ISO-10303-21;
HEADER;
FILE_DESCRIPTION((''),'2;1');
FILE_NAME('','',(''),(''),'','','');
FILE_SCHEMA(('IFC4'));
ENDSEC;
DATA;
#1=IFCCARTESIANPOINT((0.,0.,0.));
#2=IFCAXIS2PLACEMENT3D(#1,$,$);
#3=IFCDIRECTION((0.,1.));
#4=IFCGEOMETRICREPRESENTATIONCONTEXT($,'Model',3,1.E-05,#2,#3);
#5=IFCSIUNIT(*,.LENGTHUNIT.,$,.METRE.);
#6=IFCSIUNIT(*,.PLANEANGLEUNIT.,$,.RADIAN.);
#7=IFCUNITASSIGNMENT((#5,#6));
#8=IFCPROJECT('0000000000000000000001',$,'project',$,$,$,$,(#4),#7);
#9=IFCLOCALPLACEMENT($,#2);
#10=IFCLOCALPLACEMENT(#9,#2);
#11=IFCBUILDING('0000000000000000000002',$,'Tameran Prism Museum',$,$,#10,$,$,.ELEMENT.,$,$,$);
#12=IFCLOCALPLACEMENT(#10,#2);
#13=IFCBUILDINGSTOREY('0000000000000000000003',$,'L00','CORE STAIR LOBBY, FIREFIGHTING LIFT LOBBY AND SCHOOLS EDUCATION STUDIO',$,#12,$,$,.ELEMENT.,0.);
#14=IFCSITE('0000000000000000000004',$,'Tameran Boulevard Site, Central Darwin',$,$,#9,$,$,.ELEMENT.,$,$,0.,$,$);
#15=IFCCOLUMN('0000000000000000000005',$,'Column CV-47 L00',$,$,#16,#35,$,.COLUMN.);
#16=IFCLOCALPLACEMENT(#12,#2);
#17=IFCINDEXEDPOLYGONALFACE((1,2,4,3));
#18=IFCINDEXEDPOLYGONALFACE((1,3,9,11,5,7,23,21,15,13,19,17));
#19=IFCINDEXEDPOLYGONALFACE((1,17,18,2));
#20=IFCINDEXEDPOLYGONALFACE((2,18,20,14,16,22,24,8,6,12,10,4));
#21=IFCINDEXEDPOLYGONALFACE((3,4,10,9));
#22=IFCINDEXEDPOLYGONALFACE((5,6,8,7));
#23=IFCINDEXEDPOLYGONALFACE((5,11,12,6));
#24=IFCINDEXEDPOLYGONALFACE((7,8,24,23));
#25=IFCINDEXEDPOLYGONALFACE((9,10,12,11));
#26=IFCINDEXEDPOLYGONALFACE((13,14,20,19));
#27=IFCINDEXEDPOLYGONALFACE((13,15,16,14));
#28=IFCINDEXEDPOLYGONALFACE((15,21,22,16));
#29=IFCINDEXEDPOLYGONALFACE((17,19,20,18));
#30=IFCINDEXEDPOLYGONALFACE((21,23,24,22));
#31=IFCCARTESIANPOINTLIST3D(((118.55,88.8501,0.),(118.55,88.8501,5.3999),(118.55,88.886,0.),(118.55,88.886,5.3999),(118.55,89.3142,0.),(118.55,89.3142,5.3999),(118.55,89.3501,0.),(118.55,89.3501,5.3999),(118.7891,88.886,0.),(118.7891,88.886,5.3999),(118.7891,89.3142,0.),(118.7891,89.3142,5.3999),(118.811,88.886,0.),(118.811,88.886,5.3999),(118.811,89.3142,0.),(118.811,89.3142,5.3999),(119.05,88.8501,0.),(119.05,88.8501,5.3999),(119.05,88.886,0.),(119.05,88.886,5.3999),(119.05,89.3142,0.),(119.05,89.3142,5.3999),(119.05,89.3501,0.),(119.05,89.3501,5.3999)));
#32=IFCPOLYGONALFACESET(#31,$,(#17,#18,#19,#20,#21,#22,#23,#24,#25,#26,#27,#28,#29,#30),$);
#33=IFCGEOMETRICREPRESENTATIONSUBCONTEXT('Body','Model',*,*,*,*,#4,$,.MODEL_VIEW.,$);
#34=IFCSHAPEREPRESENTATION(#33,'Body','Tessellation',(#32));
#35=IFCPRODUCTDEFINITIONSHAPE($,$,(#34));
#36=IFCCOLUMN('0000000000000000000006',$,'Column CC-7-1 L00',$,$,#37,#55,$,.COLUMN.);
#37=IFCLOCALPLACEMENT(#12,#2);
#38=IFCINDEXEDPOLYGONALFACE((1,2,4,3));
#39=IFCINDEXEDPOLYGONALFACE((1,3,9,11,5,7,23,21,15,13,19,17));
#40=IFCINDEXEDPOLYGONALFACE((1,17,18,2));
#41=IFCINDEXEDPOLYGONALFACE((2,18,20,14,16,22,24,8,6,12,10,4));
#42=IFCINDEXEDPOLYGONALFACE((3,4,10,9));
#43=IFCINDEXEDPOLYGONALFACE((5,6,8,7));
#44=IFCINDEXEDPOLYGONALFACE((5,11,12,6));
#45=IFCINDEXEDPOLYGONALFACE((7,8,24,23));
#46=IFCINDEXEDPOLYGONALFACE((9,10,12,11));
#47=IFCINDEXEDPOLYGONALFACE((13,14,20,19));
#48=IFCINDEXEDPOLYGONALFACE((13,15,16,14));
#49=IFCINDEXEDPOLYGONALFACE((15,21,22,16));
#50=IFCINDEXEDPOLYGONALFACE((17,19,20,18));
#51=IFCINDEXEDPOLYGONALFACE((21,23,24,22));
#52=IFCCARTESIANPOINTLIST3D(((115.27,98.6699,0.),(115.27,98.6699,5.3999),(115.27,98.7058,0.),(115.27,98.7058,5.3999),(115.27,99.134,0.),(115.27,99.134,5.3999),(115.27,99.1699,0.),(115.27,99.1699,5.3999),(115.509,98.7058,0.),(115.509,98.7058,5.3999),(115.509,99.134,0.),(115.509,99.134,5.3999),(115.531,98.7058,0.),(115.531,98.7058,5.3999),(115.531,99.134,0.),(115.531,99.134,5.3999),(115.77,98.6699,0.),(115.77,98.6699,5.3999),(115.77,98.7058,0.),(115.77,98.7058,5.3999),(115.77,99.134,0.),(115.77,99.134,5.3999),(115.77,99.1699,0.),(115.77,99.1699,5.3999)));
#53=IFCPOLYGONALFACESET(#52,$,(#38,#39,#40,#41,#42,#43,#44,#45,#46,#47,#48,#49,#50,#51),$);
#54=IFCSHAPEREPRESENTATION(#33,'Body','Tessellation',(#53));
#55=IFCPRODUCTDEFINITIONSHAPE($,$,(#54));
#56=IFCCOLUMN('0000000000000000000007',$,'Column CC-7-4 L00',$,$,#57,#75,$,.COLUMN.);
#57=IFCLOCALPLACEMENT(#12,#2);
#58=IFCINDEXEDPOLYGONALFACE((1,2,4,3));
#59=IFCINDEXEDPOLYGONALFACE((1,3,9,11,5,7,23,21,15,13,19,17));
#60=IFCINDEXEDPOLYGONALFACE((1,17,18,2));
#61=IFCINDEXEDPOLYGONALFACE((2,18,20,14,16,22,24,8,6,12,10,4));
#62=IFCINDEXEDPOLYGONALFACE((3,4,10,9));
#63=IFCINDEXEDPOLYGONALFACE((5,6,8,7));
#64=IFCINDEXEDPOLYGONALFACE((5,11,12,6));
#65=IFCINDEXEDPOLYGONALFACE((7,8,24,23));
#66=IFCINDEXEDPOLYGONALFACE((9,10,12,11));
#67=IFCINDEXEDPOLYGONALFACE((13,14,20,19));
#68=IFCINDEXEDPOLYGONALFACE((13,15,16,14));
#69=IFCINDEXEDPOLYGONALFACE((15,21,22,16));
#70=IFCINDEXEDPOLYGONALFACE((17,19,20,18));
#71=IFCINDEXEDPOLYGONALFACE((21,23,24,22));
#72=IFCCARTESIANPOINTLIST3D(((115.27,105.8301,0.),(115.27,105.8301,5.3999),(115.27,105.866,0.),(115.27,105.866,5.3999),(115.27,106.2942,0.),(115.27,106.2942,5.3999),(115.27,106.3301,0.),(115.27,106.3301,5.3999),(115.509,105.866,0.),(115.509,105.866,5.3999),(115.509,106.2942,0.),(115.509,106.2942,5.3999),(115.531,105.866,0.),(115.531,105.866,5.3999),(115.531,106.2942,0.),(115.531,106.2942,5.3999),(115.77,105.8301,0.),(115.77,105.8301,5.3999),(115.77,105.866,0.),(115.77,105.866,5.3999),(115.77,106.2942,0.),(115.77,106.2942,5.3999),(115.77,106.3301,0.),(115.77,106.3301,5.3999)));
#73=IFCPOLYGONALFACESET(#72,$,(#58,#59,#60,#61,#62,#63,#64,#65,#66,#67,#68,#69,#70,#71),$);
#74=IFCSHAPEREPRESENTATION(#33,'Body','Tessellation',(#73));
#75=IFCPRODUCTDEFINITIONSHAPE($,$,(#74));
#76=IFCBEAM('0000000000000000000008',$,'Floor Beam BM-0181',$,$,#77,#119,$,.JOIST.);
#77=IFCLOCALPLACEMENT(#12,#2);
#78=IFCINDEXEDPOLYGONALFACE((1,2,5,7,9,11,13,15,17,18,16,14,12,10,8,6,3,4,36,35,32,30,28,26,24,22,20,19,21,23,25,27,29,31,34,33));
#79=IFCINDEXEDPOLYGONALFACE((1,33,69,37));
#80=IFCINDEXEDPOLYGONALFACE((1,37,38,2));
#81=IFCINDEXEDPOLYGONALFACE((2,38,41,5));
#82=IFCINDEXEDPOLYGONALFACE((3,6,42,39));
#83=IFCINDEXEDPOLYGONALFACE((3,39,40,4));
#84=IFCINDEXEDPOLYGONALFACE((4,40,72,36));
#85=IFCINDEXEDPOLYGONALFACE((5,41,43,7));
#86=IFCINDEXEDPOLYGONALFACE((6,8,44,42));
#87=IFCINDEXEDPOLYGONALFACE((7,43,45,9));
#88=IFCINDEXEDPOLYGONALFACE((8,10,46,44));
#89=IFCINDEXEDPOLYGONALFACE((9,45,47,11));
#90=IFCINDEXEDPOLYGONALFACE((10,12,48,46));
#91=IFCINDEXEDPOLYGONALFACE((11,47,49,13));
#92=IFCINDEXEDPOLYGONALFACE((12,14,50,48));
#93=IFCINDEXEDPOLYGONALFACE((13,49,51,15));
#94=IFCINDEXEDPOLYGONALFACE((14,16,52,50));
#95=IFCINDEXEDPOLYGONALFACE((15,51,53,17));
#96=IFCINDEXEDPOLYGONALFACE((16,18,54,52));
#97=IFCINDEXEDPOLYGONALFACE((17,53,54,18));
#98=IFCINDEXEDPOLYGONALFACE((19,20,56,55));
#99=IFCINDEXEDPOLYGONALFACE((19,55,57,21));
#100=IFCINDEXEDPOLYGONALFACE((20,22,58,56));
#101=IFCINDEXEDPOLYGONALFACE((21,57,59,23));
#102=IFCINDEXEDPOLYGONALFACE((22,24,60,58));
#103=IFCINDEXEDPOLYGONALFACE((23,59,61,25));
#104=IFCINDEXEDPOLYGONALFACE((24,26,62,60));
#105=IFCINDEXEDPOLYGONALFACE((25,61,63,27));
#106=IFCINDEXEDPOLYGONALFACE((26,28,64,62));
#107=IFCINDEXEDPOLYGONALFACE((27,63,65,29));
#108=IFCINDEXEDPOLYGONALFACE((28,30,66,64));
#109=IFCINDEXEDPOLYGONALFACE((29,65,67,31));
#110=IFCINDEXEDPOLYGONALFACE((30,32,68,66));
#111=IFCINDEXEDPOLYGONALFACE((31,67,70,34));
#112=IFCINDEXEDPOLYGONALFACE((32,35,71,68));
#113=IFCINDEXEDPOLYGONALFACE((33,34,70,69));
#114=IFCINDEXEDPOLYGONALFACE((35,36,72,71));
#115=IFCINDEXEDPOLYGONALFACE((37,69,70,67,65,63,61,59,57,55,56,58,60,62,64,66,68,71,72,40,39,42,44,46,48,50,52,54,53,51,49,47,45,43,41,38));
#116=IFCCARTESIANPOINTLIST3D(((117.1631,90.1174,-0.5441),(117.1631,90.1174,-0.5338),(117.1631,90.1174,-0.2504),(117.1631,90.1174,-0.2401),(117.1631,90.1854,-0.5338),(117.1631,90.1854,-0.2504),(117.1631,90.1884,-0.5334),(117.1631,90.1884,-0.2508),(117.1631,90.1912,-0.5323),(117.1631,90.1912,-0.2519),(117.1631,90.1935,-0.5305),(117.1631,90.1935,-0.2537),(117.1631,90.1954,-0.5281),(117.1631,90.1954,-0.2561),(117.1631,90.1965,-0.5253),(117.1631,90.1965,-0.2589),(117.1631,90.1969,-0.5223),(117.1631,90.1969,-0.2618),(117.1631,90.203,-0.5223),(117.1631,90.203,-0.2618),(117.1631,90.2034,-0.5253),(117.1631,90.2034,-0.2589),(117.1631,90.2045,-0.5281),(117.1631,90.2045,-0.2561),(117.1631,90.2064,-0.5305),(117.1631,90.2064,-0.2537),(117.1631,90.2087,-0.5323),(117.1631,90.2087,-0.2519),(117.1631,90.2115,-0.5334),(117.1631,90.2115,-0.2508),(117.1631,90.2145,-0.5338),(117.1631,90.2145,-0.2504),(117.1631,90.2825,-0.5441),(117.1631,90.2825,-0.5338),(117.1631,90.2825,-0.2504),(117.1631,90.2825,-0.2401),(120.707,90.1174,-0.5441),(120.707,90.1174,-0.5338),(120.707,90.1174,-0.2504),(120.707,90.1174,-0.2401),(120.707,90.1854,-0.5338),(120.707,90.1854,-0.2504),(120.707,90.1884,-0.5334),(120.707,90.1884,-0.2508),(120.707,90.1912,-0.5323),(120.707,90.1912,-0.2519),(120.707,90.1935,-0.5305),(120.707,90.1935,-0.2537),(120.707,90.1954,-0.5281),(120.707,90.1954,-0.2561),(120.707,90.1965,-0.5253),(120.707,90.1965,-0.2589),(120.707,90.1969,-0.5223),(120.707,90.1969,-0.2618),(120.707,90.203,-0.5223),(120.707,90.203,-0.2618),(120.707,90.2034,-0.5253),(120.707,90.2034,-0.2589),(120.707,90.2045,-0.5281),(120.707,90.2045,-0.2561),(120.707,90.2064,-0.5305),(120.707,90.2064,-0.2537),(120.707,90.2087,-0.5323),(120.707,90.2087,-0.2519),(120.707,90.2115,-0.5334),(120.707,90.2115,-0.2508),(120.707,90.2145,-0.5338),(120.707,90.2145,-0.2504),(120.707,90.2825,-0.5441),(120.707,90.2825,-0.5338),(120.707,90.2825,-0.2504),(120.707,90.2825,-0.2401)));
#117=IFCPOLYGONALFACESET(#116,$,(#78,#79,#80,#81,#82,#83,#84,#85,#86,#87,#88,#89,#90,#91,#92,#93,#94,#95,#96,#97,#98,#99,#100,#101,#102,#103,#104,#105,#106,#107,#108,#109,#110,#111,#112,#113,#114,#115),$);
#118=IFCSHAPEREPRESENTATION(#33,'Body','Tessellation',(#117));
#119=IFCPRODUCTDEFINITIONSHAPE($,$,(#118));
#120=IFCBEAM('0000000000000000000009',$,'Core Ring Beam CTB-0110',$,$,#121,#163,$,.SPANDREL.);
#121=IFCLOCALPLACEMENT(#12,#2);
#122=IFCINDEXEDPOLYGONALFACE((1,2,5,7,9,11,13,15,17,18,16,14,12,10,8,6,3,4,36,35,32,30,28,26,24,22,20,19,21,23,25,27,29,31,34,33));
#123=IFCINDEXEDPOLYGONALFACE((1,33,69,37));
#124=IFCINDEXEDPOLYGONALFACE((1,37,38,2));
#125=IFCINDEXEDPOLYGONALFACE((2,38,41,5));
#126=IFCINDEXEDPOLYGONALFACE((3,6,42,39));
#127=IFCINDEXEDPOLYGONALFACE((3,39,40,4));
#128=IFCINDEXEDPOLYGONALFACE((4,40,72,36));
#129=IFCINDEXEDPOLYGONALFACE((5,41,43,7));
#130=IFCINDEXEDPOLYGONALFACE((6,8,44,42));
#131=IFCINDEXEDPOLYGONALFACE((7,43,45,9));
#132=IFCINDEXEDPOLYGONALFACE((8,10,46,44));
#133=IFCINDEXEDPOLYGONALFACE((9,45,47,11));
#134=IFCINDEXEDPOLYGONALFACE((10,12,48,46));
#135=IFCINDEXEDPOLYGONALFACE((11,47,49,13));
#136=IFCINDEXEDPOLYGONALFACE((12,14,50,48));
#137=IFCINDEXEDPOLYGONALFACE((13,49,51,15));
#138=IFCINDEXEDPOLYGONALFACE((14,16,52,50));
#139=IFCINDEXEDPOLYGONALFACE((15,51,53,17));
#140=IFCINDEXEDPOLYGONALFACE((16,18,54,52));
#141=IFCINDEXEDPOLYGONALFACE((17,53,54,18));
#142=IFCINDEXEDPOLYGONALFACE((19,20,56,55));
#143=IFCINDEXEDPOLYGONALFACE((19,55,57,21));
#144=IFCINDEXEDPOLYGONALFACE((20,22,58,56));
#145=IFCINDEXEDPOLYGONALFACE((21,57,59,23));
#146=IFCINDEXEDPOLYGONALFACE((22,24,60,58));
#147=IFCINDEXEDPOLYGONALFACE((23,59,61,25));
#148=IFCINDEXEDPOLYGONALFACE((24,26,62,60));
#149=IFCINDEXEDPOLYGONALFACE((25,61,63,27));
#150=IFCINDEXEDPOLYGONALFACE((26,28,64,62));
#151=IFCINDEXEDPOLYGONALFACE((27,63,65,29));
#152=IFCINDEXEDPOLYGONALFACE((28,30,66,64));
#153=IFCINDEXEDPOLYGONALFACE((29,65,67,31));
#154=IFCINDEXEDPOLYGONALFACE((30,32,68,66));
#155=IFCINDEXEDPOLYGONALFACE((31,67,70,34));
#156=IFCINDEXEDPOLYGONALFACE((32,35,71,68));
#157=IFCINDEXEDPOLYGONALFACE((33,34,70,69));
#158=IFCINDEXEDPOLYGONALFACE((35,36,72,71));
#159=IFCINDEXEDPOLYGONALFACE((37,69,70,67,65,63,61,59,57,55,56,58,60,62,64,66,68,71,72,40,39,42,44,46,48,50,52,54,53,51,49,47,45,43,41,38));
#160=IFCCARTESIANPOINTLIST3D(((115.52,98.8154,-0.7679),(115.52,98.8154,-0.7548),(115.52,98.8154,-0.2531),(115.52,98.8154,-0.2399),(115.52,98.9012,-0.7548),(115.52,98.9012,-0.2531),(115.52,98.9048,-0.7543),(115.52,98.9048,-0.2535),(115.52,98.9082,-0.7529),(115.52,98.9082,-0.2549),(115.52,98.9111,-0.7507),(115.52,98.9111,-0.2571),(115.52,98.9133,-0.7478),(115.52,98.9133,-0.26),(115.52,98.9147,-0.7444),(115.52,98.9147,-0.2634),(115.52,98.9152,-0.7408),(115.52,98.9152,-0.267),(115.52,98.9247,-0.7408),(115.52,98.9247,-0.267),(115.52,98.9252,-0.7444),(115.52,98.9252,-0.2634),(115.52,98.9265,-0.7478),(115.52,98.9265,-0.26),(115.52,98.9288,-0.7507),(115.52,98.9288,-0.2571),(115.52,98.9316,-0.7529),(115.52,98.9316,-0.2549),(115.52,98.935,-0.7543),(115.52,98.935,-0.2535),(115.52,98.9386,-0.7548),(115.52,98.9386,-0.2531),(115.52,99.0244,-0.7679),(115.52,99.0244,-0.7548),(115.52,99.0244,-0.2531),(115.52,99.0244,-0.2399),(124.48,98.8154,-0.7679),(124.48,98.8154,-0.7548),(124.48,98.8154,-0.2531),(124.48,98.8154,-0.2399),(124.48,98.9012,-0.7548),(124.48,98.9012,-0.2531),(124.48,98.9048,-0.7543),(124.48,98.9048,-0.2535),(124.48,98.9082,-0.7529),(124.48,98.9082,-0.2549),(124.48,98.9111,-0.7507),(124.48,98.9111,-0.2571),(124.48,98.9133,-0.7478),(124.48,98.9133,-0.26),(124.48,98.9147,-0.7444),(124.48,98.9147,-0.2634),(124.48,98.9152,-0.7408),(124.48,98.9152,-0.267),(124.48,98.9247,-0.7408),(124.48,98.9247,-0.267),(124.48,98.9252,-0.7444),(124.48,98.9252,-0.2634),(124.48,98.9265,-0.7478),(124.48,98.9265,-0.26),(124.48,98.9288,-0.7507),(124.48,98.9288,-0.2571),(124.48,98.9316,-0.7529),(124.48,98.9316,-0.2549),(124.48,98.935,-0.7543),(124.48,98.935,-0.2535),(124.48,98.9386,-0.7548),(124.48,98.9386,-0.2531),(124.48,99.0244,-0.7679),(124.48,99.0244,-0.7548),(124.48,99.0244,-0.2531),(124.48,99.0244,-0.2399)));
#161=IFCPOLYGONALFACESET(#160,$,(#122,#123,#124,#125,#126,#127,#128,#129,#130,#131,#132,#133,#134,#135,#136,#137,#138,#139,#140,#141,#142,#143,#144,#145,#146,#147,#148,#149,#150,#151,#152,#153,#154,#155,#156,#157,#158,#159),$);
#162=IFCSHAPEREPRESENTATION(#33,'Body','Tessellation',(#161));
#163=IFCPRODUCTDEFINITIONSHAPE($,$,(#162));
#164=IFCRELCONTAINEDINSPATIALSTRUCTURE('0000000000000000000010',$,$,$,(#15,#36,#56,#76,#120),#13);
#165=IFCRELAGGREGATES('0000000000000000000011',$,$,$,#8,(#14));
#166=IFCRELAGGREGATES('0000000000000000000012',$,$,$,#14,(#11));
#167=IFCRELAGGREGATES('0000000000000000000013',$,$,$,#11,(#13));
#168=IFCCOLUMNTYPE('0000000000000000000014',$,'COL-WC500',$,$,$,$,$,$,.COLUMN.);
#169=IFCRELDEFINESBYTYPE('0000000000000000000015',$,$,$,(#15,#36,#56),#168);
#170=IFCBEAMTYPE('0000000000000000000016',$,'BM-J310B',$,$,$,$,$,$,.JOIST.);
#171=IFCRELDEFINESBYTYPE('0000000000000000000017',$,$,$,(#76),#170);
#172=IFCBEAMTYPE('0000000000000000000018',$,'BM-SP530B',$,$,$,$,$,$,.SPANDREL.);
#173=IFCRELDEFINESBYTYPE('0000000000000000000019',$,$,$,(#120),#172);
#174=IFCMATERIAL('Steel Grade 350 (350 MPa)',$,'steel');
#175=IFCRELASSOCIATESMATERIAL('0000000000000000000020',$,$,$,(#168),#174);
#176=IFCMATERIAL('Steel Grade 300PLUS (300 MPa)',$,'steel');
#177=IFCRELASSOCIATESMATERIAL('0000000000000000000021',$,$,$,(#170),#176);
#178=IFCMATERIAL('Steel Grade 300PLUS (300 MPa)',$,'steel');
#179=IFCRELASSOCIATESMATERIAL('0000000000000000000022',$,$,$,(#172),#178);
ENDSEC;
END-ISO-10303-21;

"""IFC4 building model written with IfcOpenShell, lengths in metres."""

from ifc_helpers import new_model, si_unit, direction, frame, origin, origin_2d, place, context, subcontext, project, spatial, i_section, extrude, material, material_profile, profile_set, type_object, element, save


model = new_model("IFC4")

# Units and contexts
model_context = context("Model", 3, precision=1e-05, world=origin(), true_north=direction((0.0, 1.0)))
body_context = subcontext(model_context, "Body", "Model", "MODEL_VIEW")
ifc_project = project(units=[si_unit("LENGTHUNIT", "METRE"), si_unit("PLANEANGLEUNIT", "RADIAN")], contexts=[model_context])

# Site, building, storey
site_placement = place(None, origin())
site = spatial("IfcSite", under=ifc_project, at=site_placement, Name="Tameran Boulevard Site, Central Darwin", CompositionType="ELEMENT", RefElevation=0.0)
building_placement = place(site_placement, origin())
building = spatial("IfcBuilding", under=site, at=building_placement, Name="Tameran Prism Museum", CompositionType="ELEMENT")
storey_placement = place(building_placement, origin())
storey = spatial("IfcBuildingStorey", under=building, at=storey_placement, Name="L00", Description="CORE STAIR LOBBY, FIREFIGHTING LIFT LOBBY AND SCHOOLS EDUCATION STUDIO", CompositionType="ELEMENT", Elevation=0.0)

# Columns
ifc_material_1 = material(Name="Steel Grade 350 (350 MPa)", Category="steel")
ifc_material_profile_1 = material_profile(ifc_material_1, i_section(OverallWidth=0.5, OverallDepth=0.5, WebThickness=0.022, FlangeThickness=0.0359, at=origin_2d()))
ifc_profile_set_1 = profile_set([ifc_material_profile_1])
column_type = type_object("IfcColumnType", Name="COL-WC500", PredefinedType="COLUMN", material=ifc_profile_set_1)
for number, where, z_axis, x_axis, name in (
    (1, (118.8, 89.1001, 0.0), (0.0, 0.0, 1.0), (1.0, 0.0, 0.0), "Column CV-47 L00"),
    (2, (115.52, 98.9199, 0.0), (0.0, 0.0, 1.0), (1.0, 0.0, 0.0), "Column CC-7-1 L00"),
    (3, (115.52, 106.0801, 0.0), (0.0, 0.0, 1.0), (1.0, 0.0, 0.0), "Column CC-7-4 L00"),
):
    element("IfcColumn", number, at=place(storey_placement, frame(where, z_axis=z_axis, x_axis=x_axis)), inside=storey, type_object=column_type, Name=name, PredefinedType="COLUMN", context=body_context, shape_type="SweptSolid", body=[
        extrude(i_section(OverallWidth=0.5, OverallDepth=0.5, WebThickness=0.022, FlangeThickness=0.0359, at=origin_2d()), origin(), (0.0, 0.0, 1.0), 5.3999),
    ])

# Beams
ifc_material_2 = material(Name="Steel Grade 300PLUS (300 MPa)", Category="steel")
ifc_material_profile_2 = material_profile(ifc_material_2, i_section(OverallWidth=0.165, OverallDepth=0.304, WebThickness=0.0061, FlangeThickness=0.0103, FilletRadius=0.0115, at=origin_2d()))
ifc_profile_set_2 = profile_set([ifc_material_profile_2])
beam_type_1 = type_object("IfcBeamType", Name="BM-J310B", PredefinedType="JOIST", material=ifc_profile_set_2)
beam_1_placement = place(storey_placement, frame((117.1631, 90.2, -0.3921), z_axis=(1.0, 0.0, 0.0), x_axis=(0.0, 1.0, 0.0)))
element("IfcBeam", 4, at=beam_1_placement, inside=storey, type_object=beam_type_1, Name="Floor Beam BM-0181", PredefinedType="JOIST", context=body_context, shape_type="SweptSolid", body=[
    extrude(i_section(OverallWidth=0.165, OverallDepth=0.304, WebThickness=0.0061, FlangeThickness=0.0103, FilletRadius=0.0115, at=origin_2d()), origin(), (0.0, 0.0, 1.0), 3.5439),
])
ifc_material_3 = material(Name="Steel Grade 300PLUS (300 MPa)", Category="steel")
ifc_material_profile_3 = material_profile(ifc_material_3, i_section(OverallWidth=0.209, OverallDepth=0.5281, WebThickness=0.0095, FlangeThickness=0.0132, FilletRadius=0.0139, at=origin_2d()))
ifc_profile_set_3 = profile_set([ifc_material_profile_3])
beam_type_2 = type_object("IfcBeamType", Name="BM-SP530B", PredefinedType="SPANDREL", material=ifc_profile_set_3)
beam_2_placement = place(storey_placement, frame((115.52, 98.9199, -0.5039), z_axis=(1.0, 0.0, 0.0), x_axis=(0.0, 1.0, 0.0)))
element("IfcBeam", 5, at=beam_2_placement, inside=storey, type_object=beam_type_2, Name="Core Ring Beam CTB-0110", PredefinedType="SPANDREL", context=body_context, shape_type="SweptSolid", body=[
    extrude(i_section(OverallWidth=0.209, OverallDepth=0.5281, WebThickness=0.0095, FlangeThickness=0.0132, FilletRadius=0.0139, at=origin_2d()), origin(), (0.0, 0.0, 1.0), 8.96),
])

save(model, "model.ifc")
